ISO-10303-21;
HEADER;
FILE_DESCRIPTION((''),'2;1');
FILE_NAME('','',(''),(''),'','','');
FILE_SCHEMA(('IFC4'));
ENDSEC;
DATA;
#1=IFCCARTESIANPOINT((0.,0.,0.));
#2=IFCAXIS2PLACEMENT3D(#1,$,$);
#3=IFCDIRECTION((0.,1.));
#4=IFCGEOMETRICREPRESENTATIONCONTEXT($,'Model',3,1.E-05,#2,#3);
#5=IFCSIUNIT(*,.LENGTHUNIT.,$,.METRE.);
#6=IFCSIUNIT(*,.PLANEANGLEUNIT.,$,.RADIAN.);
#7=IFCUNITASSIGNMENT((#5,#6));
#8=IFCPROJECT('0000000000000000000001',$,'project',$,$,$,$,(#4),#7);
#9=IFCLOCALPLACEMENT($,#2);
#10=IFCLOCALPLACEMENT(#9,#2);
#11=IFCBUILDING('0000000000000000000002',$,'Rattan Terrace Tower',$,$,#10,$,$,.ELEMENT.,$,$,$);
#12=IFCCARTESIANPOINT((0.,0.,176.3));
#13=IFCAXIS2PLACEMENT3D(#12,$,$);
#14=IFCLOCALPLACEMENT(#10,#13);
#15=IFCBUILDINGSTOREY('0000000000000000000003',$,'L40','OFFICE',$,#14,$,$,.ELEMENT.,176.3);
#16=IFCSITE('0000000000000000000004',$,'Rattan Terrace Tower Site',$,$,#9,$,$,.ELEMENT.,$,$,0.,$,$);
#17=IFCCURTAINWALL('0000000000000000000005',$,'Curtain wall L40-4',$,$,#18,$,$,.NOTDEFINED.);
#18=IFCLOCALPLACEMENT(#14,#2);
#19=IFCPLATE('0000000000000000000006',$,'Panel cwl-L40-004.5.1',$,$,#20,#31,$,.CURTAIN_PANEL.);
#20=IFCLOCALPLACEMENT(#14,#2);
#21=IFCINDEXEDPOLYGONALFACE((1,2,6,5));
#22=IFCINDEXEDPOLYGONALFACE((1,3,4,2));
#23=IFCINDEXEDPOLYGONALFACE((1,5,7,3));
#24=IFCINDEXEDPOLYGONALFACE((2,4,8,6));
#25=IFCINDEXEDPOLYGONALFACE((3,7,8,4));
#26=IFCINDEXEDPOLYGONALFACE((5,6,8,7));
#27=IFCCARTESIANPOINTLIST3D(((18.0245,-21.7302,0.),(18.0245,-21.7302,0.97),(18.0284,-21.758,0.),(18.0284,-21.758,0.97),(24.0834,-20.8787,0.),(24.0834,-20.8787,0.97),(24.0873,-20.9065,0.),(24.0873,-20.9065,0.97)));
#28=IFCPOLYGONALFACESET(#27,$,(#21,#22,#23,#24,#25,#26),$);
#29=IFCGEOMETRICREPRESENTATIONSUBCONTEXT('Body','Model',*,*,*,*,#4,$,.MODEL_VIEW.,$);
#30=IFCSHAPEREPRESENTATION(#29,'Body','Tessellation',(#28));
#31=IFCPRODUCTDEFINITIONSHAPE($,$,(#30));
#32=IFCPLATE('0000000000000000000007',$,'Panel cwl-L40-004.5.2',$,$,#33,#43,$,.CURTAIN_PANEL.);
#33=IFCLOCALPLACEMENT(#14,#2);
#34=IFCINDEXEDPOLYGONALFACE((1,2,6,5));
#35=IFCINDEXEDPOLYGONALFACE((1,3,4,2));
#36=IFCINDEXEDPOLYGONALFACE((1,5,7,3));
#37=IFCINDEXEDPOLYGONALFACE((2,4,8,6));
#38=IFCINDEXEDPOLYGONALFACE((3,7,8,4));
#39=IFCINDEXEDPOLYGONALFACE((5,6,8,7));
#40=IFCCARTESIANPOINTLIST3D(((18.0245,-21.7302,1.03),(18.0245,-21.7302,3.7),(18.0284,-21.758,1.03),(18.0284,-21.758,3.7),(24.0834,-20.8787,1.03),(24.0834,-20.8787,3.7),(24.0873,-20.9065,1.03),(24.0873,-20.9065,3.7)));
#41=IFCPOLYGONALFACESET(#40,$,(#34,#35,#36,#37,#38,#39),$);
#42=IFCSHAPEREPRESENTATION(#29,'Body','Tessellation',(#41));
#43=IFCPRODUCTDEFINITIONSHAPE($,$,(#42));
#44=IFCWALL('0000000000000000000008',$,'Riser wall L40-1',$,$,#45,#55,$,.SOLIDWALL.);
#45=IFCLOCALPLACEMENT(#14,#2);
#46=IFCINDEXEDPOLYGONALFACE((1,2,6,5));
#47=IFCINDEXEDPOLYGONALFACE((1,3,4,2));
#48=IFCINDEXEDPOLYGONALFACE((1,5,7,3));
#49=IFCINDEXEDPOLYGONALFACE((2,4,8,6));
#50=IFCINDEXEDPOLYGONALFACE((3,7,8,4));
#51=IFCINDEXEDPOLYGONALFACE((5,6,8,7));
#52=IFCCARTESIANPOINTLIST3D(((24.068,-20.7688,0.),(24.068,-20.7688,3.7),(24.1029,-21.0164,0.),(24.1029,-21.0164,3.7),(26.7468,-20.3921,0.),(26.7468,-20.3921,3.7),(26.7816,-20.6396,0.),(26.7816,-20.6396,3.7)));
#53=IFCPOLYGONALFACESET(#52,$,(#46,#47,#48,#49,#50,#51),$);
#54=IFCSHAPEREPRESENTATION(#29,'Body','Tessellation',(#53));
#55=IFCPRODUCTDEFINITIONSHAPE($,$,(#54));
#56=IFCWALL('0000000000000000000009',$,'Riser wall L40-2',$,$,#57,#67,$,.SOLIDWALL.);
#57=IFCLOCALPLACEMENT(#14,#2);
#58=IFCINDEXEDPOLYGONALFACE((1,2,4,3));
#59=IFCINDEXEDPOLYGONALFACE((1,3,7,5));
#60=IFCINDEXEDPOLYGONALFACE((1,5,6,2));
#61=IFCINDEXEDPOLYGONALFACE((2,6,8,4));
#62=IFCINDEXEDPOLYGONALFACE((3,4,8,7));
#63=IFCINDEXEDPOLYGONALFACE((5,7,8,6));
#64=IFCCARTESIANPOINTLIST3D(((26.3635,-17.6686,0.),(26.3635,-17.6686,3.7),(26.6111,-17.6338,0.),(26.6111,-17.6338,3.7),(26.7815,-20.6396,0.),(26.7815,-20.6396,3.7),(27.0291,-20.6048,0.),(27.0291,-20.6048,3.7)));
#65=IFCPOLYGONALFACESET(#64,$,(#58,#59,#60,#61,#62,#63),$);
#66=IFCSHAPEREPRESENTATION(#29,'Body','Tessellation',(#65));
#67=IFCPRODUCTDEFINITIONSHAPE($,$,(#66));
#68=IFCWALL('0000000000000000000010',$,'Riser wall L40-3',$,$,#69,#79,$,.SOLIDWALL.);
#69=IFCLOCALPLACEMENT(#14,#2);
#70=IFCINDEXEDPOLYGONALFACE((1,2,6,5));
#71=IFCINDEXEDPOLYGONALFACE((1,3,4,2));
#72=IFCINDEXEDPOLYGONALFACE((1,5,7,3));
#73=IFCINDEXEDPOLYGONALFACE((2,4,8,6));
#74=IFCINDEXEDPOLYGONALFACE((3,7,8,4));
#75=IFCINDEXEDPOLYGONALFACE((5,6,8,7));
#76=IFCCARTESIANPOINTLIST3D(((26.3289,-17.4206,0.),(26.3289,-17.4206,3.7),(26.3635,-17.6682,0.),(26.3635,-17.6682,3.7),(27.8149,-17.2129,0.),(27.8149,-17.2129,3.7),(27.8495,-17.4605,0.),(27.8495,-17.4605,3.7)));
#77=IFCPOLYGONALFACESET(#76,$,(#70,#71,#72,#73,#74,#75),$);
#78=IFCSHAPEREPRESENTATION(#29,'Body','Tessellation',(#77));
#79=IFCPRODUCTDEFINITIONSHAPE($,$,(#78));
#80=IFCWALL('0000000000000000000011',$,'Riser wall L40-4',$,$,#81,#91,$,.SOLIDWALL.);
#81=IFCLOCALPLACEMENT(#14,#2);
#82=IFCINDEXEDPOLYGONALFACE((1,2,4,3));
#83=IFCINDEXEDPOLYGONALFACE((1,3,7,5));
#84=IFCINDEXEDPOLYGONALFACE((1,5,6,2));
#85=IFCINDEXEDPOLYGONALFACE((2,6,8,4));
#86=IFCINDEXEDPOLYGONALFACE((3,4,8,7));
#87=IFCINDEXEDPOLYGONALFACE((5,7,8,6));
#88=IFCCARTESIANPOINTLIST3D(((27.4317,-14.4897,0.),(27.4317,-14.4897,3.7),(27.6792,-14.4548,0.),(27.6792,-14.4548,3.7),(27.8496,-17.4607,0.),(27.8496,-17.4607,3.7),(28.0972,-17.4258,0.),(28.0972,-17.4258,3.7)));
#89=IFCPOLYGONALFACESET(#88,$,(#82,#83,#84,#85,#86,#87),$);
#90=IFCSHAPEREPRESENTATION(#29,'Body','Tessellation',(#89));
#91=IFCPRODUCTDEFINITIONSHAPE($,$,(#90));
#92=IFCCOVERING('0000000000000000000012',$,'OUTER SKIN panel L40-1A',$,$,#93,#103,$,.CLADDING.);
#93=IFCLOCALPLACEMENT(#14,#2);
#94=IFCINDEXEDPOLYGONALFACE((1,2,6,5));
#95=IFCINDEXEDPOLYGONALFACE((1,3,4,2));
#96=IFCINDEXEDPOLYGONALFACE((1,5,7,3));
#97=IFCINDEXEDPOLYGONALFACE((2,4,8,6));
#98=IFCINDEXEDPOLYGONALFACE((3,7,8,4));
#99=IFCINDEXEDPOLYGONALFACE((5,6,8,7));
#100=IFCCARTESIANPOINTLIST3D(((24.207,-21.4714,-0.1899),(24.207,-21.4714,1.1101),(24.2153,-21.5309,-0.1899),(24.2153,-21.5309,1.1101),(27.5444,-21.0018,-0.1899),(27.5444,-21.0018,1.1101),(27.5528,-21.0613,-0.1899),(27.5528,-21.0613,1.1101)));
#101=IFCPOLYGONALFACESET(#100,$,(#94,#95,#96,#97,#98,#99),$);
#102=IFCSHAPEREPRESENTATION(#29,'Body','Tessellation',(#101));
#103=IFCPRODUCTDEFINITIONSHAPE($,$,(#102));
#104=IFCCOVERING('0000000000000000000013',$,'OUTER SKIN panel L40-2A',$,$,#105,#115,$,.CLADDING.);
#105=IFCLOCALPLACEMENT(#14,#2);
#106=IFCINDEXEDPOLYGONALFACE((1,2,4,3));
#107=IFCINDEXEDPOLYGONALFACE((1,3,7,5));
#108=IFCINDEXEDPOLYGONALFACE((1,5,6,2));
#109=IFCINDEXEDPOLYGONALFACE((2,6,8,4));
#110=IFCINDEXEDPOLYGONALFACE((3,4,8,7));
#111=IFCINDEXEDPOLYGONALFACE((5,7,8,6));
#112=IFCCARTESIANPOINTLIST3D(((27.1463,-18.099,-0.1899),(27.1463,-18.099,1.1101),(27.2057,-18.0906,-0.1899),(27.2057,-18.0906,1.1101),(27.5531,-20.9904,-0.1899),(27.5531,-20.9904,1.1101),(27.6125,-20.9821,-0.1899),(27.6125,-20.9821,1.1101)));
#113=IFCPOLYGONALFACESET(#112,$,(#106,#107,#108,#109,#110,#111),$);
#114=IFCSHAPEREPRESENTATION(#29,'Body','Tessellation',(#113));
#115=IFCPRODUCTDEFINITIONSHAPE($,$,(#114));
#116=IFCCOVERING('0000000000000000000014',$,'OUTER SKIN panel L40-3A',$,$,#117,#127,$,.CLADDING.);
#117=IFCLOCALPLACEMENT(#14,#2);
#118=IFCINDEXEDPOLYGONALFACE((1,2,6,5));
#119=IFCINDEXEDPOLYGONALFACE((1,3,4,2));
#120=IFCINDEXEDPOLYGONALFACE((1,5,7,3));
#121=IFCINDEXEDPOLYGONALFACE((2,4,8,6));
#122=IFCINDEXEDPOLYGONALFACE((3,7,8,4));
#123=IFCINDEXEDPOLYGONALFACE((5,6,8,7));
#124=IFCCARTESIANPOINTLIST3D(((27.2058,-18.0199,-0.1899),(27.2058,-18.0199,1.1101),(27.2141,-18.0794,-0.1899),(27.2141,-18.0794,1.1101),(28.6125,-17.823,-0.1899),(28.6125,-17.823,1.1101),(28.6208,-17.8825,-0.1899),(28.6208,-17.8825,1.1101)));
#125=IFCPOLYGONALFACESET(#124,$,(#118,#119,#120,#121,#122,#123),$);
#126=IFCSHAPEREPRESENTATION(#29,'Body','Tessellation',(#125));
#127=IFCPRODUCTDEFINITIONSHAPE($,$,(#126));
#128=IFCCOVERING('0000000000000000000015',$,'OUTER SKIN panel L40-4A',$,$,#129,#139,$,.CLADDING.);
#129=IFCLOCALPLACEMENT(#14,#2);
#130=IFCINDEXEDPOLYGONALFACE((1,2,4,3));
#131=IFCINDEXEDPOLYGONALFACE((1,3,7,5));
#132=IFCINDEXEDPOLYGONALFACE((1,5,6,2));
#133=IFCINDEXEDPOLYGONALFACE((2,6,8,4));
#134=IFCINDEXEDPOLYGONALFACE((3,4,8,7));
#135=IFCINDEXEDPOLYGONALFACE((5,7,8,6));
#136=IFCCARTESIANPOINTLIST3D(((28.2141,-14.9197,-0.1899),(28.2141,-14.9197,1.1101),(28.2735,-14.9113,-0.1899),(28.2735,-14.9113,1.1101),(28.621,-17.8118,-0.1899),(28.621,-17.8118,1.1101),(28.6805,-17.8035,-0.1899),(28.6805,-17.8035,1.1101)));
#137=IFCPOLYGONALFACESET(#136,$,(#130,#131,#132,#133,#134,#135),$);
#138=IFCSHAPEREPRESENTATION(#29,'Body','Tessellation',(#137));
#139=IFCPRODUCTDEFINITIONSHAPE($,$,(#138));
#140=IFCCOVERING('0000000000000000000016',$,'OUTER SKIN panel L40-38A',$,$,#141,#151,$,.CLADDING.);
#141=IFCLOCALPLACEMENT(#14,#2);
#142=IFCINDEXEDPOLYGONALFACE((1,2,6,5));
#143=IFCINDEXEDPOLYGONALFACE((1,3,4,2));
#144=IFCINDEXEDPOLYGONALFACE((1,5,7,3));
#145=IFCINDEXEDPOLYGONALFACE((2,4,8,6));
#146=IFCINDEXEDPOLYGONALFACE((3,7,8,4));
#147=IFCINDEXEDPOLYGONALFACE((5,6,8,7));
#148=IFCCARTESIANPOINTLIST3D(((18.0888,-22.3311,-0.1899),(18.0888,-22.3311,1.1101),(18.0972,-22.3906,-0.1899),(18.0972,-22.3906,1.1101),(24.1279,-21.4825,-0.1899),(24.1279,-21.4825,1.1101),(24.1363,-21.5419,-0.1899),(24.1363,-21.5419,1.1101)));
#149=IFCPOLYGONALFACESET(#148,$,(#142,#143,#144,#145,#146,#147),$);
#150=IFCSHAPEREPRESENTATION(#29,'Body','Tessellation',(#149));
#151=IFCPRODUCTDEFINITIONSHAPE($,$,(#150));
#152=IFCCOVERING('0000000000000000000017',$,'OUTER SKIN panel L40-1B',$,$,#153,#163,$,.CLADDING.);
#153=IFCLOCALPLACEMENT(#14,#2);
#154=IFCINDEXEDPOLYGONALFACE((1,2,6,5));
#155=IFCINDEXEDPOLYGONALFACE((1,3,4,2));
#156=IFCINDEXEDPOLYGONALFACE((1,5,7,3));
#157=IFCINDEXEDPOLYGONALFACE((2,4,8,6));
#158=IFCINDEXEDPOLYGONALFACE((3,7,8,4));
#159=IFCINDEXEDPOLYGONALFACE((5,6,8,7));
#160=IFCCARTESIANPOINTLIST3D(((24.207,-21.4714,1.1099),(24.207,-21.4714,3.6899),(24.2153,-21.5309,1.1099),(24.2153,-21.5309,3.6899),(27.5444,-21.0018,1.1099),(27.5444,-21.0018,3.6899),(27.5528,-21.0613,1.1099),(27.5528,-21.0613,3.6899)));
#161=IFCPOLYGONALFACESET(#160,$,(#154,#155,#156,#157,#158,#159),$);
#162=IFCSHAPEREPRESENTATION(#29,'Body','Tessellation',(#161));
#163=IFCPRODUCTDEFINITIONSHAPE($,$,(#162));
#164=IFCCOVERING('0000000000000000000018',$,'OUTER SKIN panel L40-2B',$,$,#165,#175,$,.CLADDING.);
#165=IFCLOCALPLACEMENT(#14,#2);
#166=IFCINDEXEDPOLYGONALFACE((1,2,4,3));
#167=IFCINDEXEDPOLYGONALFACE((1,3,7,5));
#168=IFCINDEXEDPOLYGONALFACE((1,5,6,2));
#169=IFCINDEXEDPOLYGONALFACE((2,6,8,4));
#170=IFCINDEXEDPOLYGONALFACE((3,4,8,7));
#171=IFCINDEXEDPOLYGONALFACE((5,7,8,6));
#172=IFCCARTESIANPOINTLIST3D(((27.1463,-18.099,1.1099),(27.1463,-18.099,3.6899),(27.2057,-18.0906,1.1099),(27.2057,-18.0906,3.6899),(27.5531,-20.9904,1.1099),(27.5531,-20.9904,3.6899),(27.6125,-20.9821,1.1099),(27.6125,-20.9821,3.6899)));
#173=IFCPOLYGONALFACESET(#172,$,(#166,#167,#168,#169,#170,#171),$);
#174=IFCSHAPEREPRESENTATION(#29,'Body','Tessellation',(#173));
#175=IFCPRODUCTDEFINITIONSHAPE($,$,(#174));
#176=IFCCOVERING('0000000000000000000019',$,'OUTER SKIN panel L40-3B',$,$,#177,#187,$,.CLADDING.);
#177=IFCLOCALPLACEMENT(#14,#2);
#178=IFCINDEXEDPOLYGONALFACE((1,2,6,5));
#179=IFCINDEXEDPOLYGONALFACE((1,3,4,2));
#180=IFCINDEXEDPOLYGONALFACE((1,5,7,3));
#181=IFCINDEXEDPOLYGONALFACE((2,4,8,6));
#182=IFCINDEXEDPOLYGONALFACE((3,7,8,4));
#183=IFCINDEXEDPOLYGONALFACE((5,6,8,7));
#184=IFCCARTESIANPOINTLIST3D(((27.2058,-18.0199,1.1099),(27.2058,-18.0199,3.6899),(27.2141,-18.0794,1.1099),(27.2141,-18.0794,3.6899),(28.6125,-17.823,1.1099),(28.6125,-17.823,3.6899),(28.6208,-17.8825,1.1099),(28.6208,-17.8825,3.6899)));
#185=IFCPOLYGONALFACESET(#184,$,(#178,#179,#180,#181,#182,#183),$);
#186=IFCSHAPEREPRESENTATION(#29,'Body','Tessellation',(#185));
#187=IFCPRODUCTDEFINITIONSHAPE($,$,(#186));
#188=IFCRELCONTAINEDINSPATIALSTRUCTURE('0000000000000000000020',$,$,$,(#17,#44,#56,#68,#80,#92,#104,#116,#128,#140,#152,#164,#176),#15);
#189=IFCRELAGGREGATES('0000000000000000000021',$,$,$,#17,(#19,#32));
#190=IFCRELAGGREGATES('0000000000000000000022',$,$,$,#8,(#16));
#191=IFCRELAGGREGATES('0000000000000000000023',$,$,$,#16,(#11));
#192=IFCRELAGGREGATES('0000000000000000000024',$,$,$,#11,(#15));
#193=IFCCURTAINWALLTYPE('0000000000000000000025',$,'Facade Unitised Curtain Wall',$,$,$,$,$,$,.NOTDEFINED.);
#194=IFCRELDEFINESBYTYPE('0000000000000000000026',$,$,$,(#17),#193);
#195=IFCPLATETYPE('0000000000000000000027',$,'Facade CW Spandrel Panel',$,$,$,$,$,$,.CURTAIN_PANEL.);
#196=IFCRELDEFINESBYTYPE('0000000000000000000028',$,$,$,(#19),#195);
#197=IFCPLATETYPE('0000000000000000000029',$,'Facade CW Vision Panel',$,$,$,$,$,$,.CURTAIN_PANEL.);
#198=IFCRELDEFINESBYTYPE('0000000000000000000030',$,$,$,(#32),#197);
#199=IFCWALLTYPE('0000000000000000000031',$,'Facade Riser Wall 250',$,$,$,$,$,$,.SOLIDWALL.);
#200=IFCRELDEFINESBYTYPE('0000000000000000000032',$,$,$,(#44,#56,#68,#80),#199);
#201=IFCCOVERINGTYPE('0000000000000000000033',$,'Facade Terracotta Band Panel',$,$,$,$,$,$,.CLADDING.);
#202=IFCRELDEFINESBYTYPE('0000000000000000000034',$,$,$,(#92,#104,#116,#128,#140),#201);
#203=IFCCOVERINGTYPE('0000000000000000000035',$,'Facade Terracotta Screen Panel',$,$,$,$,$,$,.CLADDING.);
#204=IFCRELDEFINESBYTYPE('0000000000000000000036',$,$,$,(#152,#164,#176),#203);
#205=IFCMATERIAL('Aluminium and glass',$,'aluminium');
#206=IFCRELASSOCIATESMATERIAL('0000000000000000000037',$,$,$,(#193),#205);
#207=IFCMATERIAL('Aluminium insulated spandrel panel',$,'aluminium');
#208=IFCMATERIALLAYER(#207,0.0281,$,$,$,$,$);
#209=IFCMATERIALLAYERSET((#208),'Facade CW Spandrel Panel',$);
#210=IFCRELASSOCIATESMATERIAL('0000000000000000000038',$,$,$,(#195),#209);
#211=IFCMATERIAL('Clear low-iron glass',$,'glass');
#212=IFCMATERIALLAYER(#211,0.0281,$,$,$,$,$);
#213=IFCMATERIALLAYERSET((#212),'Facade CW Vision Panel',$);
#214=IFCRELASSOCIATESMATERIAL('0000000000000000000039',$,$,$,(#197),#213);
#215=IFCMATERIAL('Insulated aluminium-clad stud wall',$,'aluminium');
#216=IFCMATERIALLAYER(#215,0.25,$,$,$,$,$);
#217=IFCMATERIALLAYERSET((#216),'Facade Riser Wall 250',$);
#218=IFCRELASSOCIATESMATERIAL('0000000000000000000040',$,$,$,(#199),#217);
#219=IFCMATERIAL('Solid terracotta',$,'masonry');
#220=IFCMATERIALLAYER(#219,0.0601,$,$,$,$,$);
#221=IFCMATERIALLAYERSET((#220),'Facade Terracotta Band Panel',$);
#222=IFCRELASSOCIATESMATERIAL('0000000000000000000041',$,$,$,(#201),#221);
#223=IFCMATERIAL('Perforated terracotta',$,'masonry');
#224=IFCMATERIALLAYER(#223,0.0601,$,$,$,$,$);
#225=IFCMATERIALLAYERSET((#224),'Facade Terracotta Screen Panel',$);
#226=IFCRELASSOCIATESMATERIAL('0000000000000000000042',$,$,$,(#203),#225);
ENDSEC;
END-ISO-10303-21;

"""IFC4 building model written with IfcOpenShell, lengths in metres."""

from ifc_helpers import new_model, si_unit, direction, frame, frame_2d, origin, origin_2d, place, context, subcontext, project, spatial, rectangle, extrude, material, layer, layer_set, type_object, element, aggregate, save


model = new_model("IFC4")

# Units and contexts
model_context = context("Model", 3, precision=1e-05, world=origin(), true_north=direction((0.0, 1.0)))
body_context = subcontext(model_context, "Body", "Model", "MODEL_VIEW")
ifc_project = project(units=[si_unit("LENGTHUNIT", "METRE"), si_unit("PLANEANGLEUNIT", "RADIAN")], contexts=[model_context])

# Site, building, storey
site_placement = place(None, origin())
site = spatial("IfcSite", under=ifc_project, at=site_placement, Name="Rattan Terrace Tower Site", CompositionType="ELEMENT", RefElevation=0.0)
building_placement = place(site_placement, origin())
building = spatial("IfcBuilding", under=site, at=building_placement, Name="Rattan Terrace Tower", CompositionType="ELEMENT")
storey_placement = place(building_placement, frame((0.0, 0.0, 176.3)))
storey = spatial("IfcBuildingStorey", under=building, at=storey_placement, Name="L40", Description="OFFICE", CompositionType="ELEMENT", Elevation=176.3)

# Curtain wall, plates
ifc_material_1 = material(Name="Aluminium and glass", Category="aluminium")
curtain_wall_type = type_object("IfcCurtainWallType", Name="Facade Unitised Curtain Wall", PredefinedType="NOTDEFINED", material=ifc_material_1)
curtain_wall_placement = place(storey_placement, origin())
curtain_wall = element("IfcCurtainWall", 1, at=curtain_wall_placement, inside=storey, type_object=curtain_wall_type, Name="Curtain wall L40-4", PredefinedType="NOTDEFINED")
ifc_material_2 = material(Name="Aluminium insulated spandrel panel", Category="aluminium")
ifc_layer_1 = layer(ifc_material_2, 0.0281)
ifc_layer_set_1 = layer_set([ifc_layer_1], Name="Facade CW Spandrel Panel")
plate_type_1 = type_object("IfcPlateType", Name="Facade CW Spandrel Panel", PredefinedType="CURTAIN_PANEL", material=ifc_layer_set_1)
plate_1_placement = place(storey_placement, frame((21.0559, -21.3184, 0.0), z_axis=(0.0, 0.0, 1.0), x_axis=(0.99027, 0.139161, 0.0)))
plate_1 = element("IfcPlate", 2, at=plate_1_placement, type_object=plate_type_1, Name="Panel cwl-L40-004.5.1", PredefinedType="CURTAIN_PANEL", context=body_context, shape_type="SweptSolid", body=[
    extrude(rectangle(XDim=6.1184, YDim=0.0281, at=origin_2d()), origin(), (0.0, 0.0, 1.0), 0.97),
])
ifc_material_3 = material(Name="Clear low-iron glass", Category="glass")
ifc_layer_2 = layer(ifc_material_3, 0.0281)
ifc_layer_set_2 = layer_set([ifc_layer_2], Name="Facade CW Vision Panel")
plate_type_2 = type_object("IfcPlateType", Name="Facade CW Vision Panel", PredefinedType="CURTAIN_PANEL", material=ifc_layer_set_2)
plate_2_placement = place(storey_placement, frame((21.0559, -21.3184, 1.03), z_axis=(0.0, 0.0, 1.0), x_axis=(0.99027, 0.139161, 0.0)))
plate_2 = element("IfcPlate", 3, at=plate_2_placement, type_object=plate_type_2, Name="Panel cwl-L40-004.5.2", PredefinedType="CURTAIN_PANEL", context=body_context, shape_type="SweptSolid", body=[
    extrude(rectangle(XDim=6.1184, YDim=0.0281, at=origin_2d()), origin(), (0.0, 0.0, 1.0), 2.6699),
])
aggregate(curtain_wall, [plate_1, plate_2])

# Walls
ifc_material_4 = material(Name="Insulated aluminium-clad stud wall", Category="aluminium")
ifc_layer_3 = layer(ifc_material_4, 0.25)
ifc_layer_set_3 = layer_set([ifc_layer_3], Name="Facade Riser Wall 250")
wall_type = type_object("IfcWallType", Name="Facade Riser Wall 250", PredefinedType="SOLIDWALL", material=ifc_layer_set_3)
wall_1_placement = place(storey_placement, frame((24.0854, -20.8926, 0.0), z_axis=(0.0, 0.0, 1.0), x_axis=(0.990256, 0.13926, 0.0)))
element("IfcWall", 4, at=wall_1_placement, inside=storey, type_object=wall_type, Name="Riser wall L40-1", PredefinedType="SOLIDWALL", context=body_context, shape_type="SweptSolid", body=[
    extrude(rectangle(XDim=2.7051, YDim=0.25, at=frame_2d((1.3525, 0.0))), origin(), (0.0, 0.0, 1.0), 3.7),
])
wall_2_placement = place(storey_placement, frame((26.9053, -20.6221, 0.0), z_axis=(0.0, 0.0, 1.0), x_axis=(-0.139313, 0.990248, 0.0)))
element("IfcWall", 5, at=wall_2_placement, inside=storey, type_object=wall_type, Name="Riser wall L40-2", PredefinedType="SOLIDWALL", context=body_context, shape_type="SweptSolid", body=[
    extrude(rectangle(XDim=3.0002, YDim=0.25, at=frame_2d((1.5, 0.0))), origin(), (0.0, 0.0, 1.0), 3.7),
])
wall_3_placement = place(storey_placement, frame((26.3462, -17.5444, 0.0), z_axis=(0.0, 0.0, 1.0), x_axis=(0.990368, 0.13846, 0.0)))
element("IfcWall", 6, at=wall_3_placement, inside=storey, type_object=wall_type, Name="Riser wall L40-3", PredefinedType="SOLIDWALL", context=body_context, shape_type="SweptSolid", body=[
    extrude(rectangle(XDim=1.5005, YDim=0.25, at=frame_2d((0.7502, 0.0))), origin(), (0.0, 0.0, 1.0), 3.7),
])
wall_4_placement = place(storey_placement, frame((27.9734, -17.4431, 0.0), z_axis=(0.0, 0.0, 1.0), x_axis=(-0.139313, 0.990248, 0.0)))
element("IfcWall", 7, at=wall_4_placement, inside=storey, type_object=wall_type, Name="Riser wall L40-4", PredefinedType="SOLIDWALL", context=body_context, shape_type="SweptSolid", body=[
    extrude(rectangle(XDim=3.0002, YDim=0.25, at=frame_2d((1.5, 0.0))), origin(), (0.0, 0.0, 1.0), 3.7),
])

# Coverings
ifc_material_5 = material(Name="Solid terracotta", Category="masonry")
ifc_layer_4 = layer(ifc_material_5, 0.0601)
ifc_layer_set_4 = layer_set([ifc_layer_4], Name="Facade Terracotta Band Panel")
covering_type_1 = type_object("IfcCoveringType", Name="Facade Terracotta Band Panel", PredefinedType="CLADDING", material=ifc_layer_set_4)
covering_1_placement = place(storey_placement, frame((25.8799, -21.2664, -0.1899), z_axis=(0.0, 0.0, 1.0), x_axis=(0.990247, 0.139321, 0.0)))
element("IfcCovering", 8, at=covering_1_placement, inside=storey, type_object=covering_type_1, Name="OUTER SKIN panel L40-1A", PredefinedType="CLADDING", context=body_context, shape_type="SweptSolid", body=[
    extrude(rectangle(XDim=3.3704, YDim=0.0601, at=origin_2d()), origin(), (0.0, 0.0, 1.0), 1.3),
])
covering_2_placement = place(storey_placement, frame((27.3794, -19.5405, -0.1899), z_axis=(0.0, 0.0, 1.0), x_axis=(-0.139321, 0.990247, 0.0)))
element("IfcCovering", 9, at=covering_2_placement, inside=storey, type_object=covering_type_1, Name="OUTER SKIN panel L40-2A", PredefinedType="CLADDING", context=body_context, shape_type="SweptSolid", body=[
    extrude(rectangle(XDim=2.9199, YDim=0.0601, at=origin_2d()), origin(), (0.0, 0.0, 1.0), 1.3),
])
covering_3_placement = place(storey_placement, frame((27.9133, -17.9512, -0.1899), z_axis=(0.0, 0.0, 1.0), x_axis=(0.990345, 0.138622, 0.0)))
element("IfcCovering", 10, at=covering_3_placement, inside=storey, type_object=covering_type_1, Name="OUTER SKIN panel L40-3A", PredefinedType="CLADDING", context=body_context, shape_type="SweptSolid", body=[
    extrude(rectangle(XDim=1.4204, YDim=0.0601, at=origin_2d()), origin(), (0.0, 0.0, 1.0), 1.3),
])
covering_4_placement = place(storey_placement, frame((28.4473, -16.3616, -0.1899), z_axis=(0.0, 0.0, 1.0), x_axis=(-0.139321, 0.990247, 0.0)))
element("IfcCovering", 11, at=covering_4_placement, inside=storey, type_object=covering_type_1, Name="OUTER SKIN panel L40-4A", PredefinedType="CLADDING", context=body_context, shape_type="SweptSolid", body=[
    extrude(rectangle(XDim=2.9207, YDim=0.0601, at=origin_2d()), origin(), (0.0, 0.0, 1.0), 1.3),
])
covering_5_placement = place(storey_placement, frame((21.1125, -21.9365, -0.1899), z_axis=(0.0, 0.0, 1.0), x_axis=(0.99027, 0.139161, 0.0)))
element("IfcCovering", 12, at=covering_5_placement, inside=storey, type_object=covering_type_1, Name="OUTER SKIN panel L40-38A", PredefinedType="CLADDING", context=body_context, shape_type="SweptSolid", body=[
    extrude(rectangle(XDim=6.0984, YDim=0.0601, at=origin_2d()), origin(), (0.0, 0.0, 1.0), 1.3),
])
ifc_material_6 = material(Name="Perforated terracotta", Category="masonry")
ifc_layer_5 = layer(ifc_material_6, 0.0601)
ifc_layer_set_5 = layer_set([ifc_layer_5], Name="Facade Terracotta Screen Panel")
covering_type_2 = type_object("IfcCoveringType", Name="Facade Terracotta Screen Panel", PredefinedType="CLADDING", material=ifc_layer_set_5)
covering_6_placement = place(storey_placement, frame((25.8799, -21.2664, 1.1099), z_axis=(0.0, 0.0, 1.0), x_axis=(0.990247, 0.139321, 0.0)))
element("IfcCovering", 13, at=covering_6_placement, inside=storey, type_object=covering_type_2, Name="OUTER SKIN panel L40-1B", PredefinedType="CLADDING", context=body_context, shape_type="SweptSolid", body=[
    extrude(rectangle(XDim=3.3704, YDim=0.0601, at=origin_2d()), origin(), (0.0, 0.0, 1.0), 2.5801),
])
covering_7_placement = place(storey_placement, frame((27.3794, -19.5405, 1.1099), z_axis=(0.0, 0.0, 1.0), x_axis=(-0.139321, 0.990247, 0.0)))
element("IfcCovering", 14, at=covering_7_placement, inside=storey, type_object=covering_type_2, Name="OUTER SKIN panel L40-2B", PredefinedType="CLADDING", context=body_context, shape_type="SweptSolid", body=[
    extrude(rectangle(XDim=2.9199, YDim=0.0601, at=origin_2d()), origin(), (0.0, 0.0, 1.0), 2.5801),
])
covering_8_placement = place(storey_placement, frame((27.9133, -17.9512, 1.1099), z_axis=(0.0, 0.0, 1.0), x_axis=(0.990345, 0.138622, 0.0)))
element("IfcCovering", 15, at=covering_8_placement, inside=storey, type_object=covering_type_2, Name="OUTER SKIN panel L40-3B", PredefinedType="CLADDING", context=body_context, shape_type="SweptSolid", body=[
    extrude(rectangle(XDim=1.4204, YDim=0.0601, at=origin_2d()), origin(), (0.0, 0.0, 1.0), 2.5801),
])

save(model, "model.ifc")
